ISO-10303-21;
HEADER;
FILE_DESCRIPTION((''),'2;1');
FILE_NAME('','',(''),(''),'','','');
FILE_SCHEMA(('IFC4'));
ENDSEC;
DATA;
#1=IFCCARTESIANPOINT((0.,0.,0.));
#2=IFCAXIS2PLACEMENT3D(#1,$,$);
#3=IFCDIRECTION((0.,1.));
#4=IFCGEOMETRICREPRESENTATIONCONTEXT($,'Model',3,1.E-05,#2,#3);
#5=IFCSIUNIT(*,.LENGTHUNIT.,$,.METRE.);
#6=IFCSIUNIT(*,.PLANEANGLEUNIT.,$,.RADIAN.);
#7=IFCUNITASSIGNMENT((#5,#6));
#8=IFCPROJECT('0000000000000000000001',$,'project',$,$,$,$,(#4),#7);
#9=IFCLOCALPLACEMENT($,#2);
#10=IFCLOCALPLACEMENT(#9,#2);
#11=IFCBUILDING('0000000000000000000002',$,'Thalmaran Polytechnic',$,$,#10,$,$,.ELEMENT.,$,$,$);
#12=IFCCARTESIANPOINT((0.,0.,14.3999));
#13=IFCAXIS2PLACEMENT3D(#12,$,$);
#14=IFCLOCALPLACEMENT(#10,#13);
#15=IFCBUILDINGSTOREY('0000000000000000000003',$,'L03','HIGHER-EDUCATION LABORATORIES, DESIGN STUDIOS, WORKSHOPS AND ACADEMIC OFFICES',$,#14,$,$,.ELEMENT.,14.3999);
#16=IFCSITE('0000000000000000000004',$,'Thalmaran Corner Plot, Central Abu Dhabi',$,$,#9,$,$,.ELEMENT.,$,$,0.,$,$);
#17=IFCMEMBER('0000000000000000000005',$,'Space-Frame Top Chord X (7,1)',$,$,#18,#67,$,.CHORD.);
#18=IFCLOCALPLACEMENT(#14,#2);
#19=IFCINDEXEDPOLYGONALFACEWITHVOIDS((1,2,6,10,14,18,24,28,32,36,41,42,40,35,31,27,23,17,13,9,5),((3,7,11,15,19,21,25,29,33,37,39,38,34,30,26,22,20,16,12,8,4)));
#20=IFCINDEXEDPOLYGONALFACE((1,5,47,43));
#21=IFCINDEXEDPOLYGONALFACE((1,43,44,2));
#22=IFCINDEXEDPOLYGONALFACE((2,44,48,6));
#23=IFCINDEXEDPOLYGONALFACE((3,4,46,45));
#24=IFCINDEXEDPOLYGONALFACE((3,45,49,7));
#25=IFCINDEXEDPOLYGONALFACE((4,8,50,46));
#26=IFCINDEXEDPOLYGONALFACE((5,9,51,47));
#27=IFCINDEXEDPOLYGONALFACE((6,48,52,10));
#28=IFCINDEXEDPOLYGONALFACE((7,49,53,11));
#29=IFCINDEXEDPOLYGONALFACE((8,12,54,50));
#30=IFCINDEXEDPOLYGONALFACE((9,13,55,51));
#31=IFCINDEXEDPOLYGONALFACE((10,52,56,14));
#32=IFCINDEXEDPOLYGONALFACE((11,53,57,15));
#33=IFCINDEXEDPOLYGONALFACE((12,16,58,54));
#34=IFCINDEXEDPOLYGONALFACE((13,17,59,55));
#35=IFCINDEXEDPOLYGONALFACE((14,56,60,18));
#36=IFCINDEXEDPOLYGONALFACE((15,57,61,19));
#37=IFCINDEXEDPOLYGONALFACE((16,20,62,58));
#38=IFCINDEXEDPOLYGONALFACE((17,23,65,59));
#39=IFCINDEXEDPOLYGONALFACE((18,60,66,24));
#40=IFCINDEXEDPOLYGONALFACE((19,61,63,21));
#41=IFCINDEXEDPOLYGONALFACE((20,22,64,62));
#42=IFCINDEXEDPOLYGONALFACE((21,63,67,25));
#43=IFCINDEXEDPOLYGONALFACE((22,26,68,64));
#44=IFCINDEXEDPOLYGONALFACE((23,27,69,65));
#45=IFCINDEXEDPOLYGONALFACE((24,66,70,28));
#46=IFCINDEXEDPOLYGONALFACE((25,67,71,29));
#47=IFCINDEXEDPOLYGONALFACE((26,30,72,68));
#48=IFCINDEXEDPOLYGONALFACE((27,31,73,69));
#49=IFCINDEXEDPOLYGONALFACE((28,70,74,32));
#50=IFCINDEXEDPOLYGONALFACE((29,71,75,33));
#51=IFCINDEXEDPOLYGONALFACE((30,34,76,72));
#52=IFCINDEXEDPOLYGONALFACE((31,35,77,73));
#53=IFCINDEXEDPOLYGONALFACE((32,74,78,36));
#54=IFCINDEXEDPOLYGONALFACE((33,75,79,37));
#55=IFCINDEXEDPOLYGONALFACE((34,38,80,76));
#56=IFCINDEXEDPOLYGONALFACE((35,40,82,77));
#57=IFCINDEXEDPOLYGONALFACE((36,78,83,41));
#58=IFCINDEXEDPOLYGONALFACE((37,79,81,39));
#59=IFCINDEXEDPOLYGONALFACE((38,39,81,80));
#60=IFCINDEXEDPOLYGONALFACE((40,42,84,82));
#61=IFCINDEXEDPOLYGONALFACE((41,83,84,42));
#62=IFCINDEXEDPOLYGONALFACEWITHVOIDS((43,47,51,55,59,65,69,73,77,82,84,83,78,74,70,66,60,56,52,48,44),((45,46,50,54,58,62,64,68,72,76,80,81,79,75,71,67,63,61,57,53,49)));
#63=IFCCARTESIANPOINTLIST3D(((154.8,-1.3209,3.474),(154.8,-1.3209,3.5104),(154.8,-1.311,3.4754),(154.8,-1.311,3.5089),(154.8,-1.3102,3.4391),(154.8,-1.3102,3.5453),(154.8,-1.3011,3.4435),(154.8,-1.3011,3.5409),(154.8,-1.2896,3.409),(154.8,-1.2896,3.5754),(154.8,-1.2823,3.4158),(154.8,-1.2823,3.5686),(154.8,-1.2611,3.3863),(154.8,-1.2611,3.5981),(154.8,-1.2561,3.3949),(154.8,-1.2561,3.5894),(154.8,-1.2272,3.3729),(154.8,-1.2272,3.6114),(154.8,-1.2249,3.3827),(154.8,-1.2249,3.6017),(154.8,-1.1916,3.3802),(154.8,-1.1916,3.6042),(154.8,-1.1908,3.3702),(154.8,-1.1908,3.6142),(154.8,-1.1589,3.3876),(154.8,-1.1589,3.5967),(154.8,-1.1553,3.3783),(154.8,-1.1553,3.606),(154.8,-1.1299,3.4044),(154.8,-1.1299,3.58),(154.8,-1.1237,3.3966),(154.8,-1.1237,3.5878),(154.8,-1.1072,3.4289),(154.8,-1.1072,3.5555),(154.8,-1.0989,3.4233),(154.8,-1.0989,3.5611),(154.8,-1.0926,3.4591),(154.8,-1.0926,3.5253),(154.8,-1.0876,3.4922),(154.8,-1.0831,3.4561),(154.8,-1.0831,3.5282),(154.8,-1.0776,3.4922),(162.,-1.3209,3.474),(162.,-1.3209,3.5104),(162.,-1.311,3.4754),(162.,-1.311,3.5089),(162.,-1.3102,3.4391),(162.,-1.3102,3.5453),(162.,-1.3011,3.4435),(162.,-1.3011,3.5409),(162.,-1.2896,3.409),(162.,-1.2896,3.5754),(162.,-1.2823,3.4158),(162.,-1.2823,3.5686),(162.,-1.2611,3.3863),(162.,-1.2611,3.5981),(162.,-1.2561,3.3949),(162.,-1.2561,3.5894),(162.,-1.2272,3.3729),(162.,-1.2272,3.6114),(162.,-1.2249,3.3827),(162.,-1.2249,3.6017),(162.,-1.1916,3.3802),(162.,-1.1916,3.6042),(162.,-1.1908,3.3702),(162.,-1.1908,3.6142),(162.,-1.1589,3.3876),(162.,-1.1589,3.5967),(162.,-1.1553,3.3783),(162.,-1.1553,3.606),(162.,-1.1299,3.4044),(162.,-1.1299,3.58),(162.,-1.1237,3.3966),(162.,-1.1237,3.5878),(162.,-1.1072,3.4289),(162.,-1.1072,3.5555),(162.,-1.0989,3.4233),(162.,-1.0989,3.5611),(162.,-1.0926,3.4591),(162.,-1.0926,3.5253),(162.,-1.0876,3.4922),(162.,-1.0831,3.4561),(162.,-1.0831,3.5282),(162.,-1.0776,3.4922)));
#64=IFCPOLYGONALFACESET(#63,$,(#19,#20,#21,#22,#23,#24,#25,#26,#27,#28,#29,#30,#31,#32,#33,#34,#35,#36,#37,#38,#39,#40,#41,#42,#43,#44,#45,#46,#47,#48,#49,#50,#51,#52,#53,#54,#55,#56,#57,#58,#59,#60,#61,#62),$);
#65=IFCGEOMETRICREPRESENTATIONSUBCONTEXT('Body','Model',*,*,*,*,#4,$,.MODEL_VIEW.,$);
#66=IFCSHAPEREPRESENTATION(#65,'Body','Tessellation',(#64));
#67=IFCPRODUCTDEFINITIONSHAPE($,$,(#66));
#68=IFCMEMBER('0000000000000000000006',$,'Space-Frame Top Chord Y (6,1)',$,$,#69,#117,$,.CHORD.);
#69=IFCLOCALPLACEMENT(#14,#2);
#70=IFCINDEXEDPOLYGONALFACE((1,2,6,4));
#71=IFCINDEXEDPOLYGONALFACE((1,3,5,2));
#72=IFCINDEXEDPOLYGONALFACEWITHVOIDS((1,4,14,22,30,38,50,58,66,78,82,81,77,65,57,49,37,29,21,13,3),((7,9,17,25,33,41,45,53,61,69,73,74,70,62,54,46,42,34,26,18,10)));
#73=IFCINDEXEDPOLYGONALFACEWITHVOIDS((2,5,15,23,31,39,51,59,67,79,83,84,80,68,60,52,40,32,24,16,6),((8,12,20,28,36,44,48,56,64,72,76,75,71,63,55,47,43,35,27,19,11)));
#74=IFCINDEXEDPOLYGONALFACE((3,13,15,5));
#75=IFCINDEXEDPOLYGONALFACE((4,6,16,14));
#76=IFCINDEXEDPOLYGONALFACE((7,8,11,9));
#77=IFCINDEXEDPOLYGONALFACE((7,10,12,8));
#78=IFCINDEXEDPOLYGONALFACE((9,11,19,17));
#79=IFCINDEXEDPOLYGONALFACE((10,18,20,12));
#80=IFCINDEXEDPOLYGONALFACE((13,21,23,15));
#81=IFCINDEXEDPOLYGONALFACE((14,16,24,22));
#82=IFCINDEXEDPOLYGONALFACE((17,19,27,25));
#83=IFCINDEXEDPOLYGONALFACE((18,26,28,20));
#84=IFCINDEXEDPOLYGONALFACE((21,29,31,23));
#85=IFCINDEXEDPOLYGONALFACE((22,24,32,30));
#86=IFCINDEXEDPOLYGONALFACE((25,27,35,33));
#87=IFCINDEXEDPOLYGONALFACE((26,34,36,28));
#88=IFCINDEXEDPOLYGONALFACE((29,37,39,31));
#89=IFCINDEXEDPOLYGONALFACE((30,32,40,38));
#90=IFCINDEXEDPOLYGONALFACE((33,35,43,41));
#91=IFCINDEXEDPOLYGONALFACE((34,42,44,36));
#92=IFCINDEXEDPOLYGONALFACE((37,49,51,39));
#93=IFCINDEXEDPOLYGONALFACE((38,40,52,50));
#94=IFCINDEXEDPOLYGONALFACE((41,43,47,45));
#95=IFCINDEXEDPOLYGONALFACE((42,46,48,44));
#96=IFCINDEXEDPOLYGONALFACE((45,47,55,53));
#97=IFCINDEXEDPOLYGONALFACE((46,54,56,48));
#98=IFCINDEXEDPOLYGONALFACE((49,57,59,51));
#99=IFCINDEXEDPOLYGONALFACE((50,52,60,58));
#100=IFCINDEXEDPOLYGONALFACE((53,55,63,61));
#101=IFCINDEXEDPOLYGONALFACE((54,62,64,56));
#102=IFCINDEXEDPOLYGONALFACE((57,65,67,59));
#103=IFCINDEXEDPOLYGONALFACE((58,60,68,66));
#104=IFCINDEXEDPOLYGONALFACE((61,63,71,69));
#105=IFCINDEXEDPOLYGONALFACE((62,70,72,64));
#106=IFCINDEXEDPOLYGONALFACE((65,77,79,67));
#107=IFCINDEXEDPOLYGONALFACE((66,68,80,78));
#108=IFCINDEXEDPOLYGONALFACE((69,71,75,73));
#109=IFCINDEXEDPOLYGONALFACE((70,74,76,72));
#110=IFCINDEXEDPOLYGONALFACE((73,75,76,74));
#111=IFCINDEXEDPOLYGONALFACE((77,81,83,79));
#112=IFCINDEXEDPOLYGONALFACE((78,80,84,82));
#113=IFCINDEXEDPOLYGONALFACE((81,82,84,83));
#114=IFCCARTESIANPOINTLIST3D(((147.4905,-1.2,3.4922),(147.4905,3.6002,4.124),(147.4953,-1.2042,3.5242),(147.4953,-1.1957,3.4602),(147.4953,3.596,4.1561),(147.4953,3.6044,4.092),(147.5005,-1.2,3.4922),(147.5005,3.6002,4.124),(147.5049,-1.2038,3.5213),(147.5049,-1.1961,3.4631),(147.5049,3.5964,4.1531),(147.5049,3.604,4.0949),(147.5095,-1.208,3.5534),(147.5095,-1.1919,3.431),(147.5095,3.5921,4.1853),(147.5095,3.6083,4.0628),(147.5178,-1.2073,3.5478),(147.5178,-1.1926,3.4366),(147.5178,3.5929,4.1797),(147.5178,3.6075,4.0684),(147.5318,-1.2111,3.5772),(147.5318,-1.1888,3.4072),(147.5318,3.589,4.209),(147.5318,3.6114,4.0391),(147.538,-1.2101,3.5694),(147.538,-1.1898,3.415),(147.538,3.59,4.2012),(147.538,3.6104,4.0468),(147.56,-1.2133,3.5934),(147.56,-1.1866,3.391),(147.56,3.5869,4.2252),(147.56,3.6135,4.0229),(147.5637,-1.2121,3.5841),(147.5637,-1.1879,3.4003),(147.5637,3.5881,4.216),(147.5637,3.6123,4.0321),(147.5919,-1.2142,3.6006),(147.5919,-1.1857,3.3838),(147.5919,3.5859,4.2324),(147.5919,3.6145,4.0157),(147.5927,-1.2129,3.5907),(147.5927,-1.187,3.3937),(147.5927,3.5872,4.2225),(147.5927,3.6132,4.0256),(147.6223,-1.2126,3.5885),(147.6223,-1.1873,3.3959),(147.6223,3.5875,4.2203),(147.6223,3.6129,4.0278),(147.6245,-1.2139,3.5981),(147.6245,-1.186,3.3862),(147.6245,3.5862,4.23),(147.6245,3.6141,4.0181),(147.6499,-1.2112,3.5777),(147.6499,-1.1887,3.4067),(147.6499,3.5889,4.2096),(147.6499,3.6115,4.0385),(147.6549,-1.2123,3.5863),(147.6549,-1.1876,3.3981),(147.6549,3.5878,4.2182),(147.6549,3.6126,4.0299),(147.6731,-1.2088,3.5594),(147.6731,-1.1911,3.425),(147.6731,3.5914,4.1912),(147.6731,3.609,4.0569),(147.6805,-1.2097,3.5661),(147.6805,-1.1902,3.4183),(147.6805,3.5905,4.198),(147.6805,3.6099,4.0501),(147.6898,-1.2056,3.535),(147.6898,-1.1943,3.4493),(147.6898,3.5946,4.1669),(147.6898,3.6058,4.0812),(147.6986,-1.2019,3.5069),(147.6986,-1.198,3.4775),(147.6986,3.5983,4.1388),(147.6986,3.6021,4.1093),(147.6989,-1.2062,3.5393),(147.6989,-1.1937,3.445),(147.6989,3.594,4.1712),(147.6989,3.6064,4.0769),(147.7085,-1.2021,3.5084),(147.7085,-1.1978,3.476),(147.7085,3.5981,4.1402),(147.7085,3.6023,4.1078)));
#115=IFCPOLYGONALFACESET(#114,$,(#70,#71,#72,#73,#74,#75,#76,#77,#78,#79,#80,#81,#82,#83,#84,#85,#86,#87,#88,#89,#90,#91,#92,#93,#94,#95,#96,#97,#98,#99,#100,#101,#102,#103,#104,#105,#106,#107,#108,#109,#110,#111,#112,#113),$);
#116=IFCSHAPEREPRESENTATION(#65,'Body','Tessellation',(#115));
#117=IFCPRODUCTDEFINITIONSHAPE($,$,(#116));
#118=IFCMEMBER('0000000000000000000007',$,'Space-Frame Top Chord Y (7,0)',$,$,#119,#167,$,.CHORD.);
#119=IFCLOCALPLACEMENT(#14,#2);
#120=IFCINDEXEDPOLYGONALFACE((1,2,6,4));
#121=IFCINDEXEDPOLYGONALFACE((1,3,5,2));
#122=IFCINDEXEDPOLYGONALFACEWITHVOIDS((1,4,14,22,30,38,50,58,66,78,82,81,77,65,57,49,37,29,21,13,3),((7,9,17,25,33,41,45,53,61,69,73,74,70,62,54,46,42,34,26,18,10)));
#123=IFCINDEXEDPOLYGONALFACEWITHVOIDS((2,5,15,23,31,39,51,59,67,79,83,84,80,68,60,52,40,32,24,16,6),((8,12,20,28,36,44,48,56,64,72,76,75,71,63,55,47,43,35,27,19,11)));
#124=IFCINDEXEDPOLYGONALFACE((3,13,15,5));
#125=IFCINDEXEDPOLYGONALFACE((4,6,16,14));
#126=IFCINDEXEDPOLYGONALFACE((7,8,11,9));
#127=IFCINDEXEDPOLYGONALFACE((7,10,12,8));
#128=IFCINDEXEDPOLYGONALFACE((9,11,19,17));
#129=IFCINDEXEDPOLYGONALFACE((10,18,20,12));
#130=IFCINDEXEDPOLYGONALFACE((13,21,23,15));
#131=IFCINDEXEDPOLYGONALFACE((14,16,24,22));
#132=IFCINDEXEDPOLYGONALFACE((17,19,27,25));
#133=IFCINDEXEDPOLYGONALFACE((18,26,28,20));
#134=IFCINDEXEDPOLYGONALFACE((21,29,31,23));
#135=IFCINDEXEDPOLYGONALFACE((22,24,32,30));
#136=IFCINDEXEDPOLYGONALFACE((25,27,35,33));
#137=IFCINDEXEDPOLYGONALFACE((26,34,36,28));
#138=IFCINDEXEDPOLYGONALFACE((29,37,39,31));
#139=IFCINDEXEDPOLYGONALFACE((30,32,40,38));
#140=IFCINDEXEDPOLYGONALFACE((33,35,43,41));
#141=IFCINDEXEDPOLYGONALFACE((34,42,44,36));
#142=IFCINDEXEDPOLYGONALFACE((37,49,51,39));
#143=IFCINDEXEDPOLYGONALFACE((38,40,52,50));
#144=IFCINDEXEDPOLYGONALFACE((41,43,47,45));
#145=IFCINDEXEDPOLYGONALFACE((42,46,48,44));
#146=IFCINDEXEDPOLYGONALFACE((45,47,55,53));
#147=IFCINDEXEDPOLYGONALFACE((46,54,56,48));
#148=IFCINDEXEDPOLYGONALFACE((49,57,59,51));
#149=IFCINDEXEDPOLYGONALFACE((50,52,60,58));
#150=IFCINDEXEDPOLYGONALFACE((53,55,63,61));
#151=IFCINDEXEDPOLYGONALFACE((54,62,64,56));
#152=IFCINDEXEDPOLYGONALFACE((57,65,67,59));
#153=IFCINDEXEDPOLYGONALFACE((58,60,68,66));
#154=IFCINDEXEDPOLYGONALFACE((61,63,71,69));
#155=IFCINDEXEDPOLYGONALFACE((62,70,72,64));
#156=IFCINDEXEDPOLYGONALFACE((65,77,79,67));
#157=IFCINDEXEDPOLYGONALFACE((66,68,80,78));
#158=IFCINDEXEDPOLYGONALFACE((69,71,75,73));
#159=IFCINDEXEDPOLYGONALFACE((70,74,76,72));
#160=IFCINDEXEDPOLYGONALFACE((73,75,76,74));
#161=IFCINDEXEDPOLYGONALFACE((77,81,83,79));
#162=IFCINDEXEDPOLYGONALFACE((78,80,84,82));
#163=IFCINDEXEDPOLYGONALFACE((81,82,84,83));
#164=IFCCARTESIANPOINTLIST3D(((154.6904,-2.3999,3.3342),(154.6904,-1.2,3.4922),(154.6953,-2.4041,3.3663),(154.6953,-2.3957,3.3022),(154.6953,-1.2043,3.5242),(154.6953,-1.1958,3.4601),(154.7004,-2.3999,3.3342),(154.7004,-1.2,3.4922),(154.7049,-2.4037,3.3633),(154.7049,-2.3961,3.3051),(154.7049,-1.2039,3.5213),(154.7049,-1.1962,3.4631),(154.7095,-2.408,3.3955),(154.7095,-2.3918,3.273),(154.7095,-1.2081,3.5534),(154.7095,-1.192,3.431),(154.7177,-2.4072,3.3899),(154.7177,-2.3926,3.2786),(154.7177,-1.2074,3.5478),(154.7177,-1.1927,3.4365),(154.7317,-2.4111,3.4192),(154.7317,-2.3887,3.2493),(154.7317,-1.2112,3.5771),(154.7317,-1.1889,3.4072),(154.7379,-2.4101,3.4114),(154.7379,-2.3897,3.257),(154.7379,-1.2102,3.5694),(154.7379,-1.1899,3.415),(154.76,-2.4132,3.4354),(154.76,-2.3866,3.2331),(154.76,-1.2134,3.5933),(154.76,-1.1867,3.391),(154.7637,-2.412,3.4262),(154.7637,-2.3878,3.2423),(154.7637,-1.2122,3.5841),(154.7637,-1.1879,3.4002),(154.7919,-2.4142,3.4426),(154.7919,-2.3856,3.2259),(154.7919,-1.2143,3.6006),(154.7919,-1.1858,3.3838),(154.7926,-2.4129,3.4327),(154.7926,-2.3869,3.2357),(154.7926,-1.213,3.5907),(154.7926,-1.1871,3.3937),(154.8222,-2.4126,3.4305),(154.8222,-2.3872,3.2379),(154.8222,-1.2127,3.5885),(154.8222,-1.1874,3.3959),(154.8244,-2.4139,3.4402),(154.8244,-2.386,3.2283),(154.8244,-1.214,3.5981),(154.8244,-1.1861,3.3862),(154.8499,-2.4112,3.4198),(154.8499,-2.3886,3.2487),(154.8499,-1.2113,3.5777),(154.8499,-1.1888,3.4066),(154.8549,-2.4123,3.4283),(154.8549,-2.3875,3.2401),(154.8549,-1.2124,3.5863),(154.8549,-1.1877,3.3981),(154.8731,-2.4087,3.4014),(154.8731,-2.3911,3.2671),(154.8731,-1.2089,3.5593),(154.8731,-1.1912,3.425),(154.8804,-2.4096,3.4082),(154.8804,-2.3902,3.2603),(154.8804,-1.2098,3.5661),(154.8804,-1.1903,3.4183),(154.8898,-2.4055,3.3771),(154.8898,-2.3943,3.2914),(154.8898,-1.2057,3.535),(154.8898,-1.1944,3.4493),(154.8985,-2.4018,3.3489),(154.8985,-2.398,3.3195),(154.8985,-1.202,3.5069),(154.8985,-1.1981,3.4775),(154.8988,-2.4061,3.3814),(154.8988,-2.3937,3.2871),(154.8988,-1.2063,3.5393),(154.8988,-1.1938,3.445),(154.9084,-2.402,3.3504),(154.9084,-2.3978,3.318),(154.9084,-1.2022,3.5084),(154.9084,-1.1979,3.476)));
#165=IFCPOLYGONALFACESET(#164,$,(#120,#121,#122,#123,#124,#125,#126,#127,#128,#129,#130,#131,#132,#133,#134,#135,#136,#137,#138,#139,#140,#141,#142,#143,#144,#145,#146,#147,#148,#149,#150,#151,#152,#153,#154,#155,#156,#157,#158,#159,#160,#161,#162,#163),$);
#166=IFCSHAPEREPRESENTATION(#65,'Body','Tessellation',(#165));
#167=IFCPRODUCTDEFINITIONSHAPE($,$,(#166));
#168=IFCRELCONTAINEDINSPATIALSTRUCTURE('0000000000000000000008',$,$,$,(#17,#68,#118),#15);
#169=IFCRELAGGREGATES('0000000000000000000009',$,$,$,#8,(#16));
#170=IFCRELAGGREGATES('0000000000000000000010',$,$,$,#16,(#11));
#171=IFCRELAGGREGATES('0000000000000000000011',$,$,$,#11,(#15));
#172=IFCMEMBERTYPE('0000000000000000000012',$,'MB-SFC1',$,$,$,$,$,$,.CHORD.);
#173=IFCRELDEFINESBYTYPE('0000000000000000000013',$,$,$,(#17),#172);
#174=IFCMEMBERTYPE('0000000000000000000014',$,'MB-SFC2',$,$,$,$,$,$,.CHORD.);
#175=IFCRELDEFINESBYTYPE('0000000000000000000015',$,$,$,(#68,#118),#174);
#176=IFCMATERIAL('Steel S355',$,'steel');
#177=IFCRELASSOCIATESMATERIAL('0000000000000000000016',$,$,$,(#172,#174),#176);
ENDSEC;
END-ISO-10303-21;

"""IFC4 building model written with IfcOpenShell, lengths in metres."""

from ifc_helpers import new_model, si_unit, direction, frame, origin, origin_2d, place, context, subcontext, project, spatial, hollow_circle, extrude, material, material_profile, profile_set, type_object, element, save


model = new_model("IFC4")

# Units and contexts
model_context = context("Model", 3, precision=1e-05, world=origin(), true_north=direction((0.0, 1.0)))
body_context = subcontext(model_context, "Body", "Model", "MODEL_VIEW")
ifc_project = project(units=[si_unit("LENGTHUNIT", "METRE"), si_unit("PLANEANGLEUNIT", "RADIAN")], contexts=[model_context])

# Site, building, storey
site_placement = place(None, origin())
site = spatial("IfcSite", under=ifc_project, at=site_placement, Name="Thalmaran Corner Plot, Central Abu Dhabi", CompositionType="ELEMENT", RefElevation=0.0)
building_placement = place(site_placement, origin())
building = spatial("IfcBuilding", under=site, at=building_placement, Name="Thalmaran Polytechnic", CompositionType="ELEMENT")
storey_placement = place(building_placement, frame((0.0, 0.0, 14.3999)))
storey = spatial("IfcBuildingStorey", under=building, at=storey_placement, Name="L03", Description="HIGHER-EDUCATION LABORATORIES, DESIGN STUDIOS, WORKSHOPS AND ACADEMIC OFFICES", CompositionType="ELEMENT", Elevation=14.3999)

# Shared definitions
ifc_material_1 = material(Name="Steel S355", Category="steel")

# Members
ifc_material_profile_1 = material_profile(ifc_material_1, hollow_circle(Radius=0.1223, WallThickness=0.01, at=origin_2d()), Name="CHS 244.5x10.0")
ifc_profile_set_1 = profile_set([ifc_material_profile_1], Name="Steel S355")
member_type_1 = type_object("IfcMemberType", Name="MB-SFC1", PredefinedType="CHORD", material=ifc_profile_set_1)
for number, where, z_axis, x_axis, name in (
    (1, (154.8, -1.2, 3.4922), (1.0, 0.0, 0.0), (0.0, 1.0, 0.0), "Space-Frame Top Chord X (7,1)"),
):
    element("IfcMember", number, at=place(storey_placement, frame(where, z_axis=z_axis, x_axis=x_axis)), inside=storey, type_object=member_type_1, Name=name, PredefinedType="CHORD", context=body_context, shape_type="SweptSolid", body=[
        extrude(hollow_circle(Radius=0.1223, WallThickness=0.01, at=origin_2d()), origin(), (0.0, 0.0, 1.0), 7.2),
    ])
ifc_material_profile_2 = material_profile(ifc_material_1, hollow_circle(Radius=0.1096, WallThickness=0.01, at=origin_2d()), Name="CHS 219.1x10.0")
ifc_profile_set_2 = profile_set([ifc_material_profile_2], Name="Steel S355")
member_type_2 = type_object("IfcMemberType", Name="MB-SFC2", PredefinedType="CHORD", material=ifc_profile_set_2)
member_1_placement = place(storey_placement, frame((147.6001, -1.2, 3.4922), z_axis=(0.0, 0.991448, 0.130505), x_axis=(-1.0, 0.0, 0.0)))
element("IfcMember", 2, at=member_1_placement, inside=storey, type_object=member_type_2, Name="Space-Frame Top Chord Y (6,1)", PredefinedType="CHORD", context=body_context, shape_type="SweptSolid", body=[
    extrude(hollow_circle(Radius=0.1096, WallThickness=0.01, at=origin_2d()), origin(), (0.0, 0.0, 1.0), 4.8416),
])
member_2_placement = place(storey_placement, frame((154.8, -2.3999, 3.3342), z_axis=(0.0, 0.991447, 0.130512), x_axis=(-1.0, 0.0, 0.0)))
element("IfcMember", 3, at=member_2_placement, inside=storey, type_object=member_type_2, Name="Space-Frame Top Chord Y (7,0)", PredefinedType="CHORD", context=body_context, shape_type="SweptSolid", body=[
    extrude(hollow_circle(Radius=0.1096, WallThickness=0.01, at=origin_2d()), origin(), (0.0, 0.0, 1.0), 1.2102),
])

save(model, "model.ifc")
